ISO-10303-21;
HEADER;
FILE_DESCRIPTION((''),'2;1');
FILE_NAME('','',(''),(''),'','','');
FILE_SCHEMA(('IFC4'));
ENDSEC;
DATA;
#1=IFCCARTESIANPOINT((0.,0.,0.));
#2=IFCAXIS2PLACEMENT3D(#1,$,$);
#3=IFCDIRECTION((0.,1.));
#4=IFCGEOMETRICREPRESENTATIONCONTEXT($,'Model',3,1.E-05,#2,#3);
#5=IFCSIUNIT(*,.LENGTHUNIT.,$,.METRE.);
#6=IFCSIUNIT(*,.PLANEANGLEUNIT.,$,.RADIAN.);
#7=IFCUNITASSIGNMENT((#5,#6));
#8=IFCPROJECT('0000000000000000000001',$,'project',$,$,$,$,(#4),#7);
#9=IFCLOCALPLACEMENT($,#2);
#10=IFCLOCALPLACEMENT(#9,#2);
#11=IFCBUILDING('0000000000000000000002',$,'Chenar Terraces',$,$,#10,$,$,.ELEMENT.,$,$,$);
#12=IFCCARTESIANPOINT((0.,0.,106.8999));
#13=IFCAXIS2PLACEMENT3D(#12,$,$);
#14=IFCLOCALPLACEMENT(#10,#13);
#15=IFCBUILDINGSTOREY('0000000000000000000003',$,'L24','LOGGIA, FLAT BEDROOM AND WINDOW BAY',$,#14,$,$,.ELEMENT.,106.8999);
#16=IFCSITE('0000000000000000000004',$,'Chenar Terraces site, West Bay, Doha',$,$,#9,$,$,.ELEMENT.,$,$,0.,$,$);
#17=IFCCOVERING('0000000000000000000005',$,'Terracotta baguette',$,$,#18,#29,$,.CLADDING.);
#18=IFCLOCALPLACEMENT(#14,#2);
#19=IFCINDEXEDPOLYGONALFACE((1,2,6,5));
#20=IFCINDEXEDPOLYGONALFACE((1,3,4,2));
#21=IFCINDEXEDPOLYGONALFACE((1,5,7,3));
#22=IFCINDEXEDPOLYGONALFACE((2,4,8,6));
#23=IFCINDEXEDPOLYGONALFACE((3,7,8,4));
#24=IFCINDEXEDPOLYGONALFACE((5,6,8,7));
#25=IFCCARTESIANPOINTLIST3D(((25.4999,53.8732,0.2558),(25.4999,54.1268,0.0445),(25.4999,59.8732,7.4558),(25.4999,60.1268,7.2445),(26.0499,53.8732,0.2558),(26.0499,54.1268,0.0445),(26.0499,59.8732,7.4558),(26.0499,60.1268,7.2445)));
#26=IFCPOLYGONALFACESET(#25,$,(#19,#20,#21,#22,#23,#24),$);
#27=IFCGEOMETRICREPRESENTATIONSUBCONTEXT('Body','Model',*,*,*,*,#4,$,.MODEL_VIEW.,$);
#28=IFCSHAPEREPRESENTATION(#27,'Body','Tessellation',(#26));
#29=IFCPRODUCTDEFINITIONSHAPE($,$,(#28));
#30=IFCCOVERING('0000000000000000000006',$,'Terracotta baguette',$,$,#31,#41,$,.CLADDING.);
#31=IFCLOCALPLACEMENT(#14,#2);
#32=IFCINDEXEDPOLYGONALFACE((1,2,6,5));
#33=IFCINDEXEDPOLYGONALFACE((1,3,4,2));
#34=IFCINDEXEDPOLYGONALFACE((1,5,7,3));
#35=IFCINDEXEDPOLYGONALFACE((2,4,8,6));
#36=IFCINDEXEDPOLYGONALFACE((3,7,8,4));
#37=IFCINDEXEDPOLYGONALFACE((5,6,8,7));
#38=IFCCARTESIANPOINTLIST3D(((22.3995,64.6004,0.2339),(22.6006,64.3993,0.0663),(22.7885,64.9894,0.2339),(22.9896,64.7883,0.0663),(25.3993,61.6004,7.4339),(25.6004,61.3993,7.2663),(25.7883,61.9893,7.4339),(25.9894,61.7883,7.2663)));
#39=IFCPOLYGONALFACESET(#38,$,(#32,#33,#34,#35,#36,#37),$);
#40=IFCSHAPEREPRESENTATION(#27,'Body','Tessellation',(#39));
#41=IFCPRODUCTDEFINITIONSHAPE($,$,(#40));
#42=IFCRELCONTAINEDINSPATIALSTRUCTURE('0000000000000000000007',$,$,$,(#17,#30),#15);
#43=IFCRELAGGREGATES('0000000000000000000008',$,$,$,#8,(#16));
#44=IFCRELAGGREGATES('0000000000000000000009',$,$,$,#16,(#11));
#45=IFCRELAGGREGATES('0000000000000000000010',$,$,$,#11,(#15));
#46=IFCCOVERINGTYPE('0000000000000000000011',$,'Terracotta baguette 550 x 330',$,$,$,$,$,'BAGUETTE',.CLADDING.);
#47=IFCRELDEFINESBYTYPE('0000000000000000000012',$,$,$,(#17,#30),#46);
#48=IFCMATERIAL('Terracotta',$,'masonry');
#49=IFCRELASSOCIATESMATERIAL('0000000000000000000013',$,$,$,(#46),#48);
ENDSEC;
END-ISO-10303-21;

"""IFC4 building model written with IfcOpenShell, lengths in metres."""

from ifc_helpers import new_model, si_unit, direction, frame, origin, origin_2d, place, context, subcontext, project, spatial, rectangle, extrude, material, material_profile, profile_set, type_object, element, save


model = new_model("IFC4")

# Units and contexts
model_context = context("Model", 3, precision=1e-05, world=origin(), true_north=direction((0.0, 1.0)))
body_context = subcontext(model_context, "Body", "Model", "MODEL_VIEW")
ifc_project = project(units=[si_unit("LENGTHUNIT", "METRE"), si_unit("PLANEANGLEUNIT", "RADIAN")], contexts=[model_context])

# Site, building, storey
site_placement = place(None, origin())
site = spatial("IfcSite", under=ifc_project, at=site_placement, Name="Chenar Terraces site, West Bay, Doha", CompositionType="ELEMENT", RefElevation=0.0)
building_placement = place(site_placement, origin())
building = spatial("IfcBuilding", under=site, at=building_placement, Name="Chenar Terraces", CompositionType="ELEMENT")
storey_placement = place(building_placement, frame((0.0, 0.0, 106.8999)))
storey = spatial("IfcBuildingStorey", under=building, at=storey_placement, Name="L24", Description="LOGGIA, FLAT BEDROOM AND WINDOW BAY", CompositionType="ELEMENT", Elevation=106.8999)

# Coverings
ifc_material_1 = material(Name="Terracotta", Category="masonry")
ifc_material_profile_1 = material_profile(ifc_material_1, rectangle(XDim=0.55, YDim=0.3301, at=origin_2d()), Name="Terracotta baguette 550 x 330")
ifc_profile_set_1 = profile_set([ifc_material_profile_1], Name="Terracotta")
covering_type = type_object("IfcCoveringType", Name="Terracotta baguette 550 x 330", ElementType="BAGUETTE", PredefinedType="CLADDING", material=ifc_profile_set_1)
for number, where, z_axis, x_axis, name in (
    (1, (25.7749, 54.0, 0.1501), (0.0, 0.640187, 0.768219), (-1.0, 0.0, 0.0), "Terracotta baguette"),
):
    element("IfcCovering", number, at=place(storey_placement, frame(where, z_axis=z_axis, x_axis=x_axis)), inside=storey, type_object=covering_type, Name=name, PredefinedType="CLADDING", context=body_context, shape_type="SweptSolid", body=[
        extrude(rectangle(XDim=0.55, YDim=0.3301, at=origin_2d()), origin(), (0.0, 0.0, 1.0), 9.3723),
    ])
covering_1_placement = place(storey_placement, frame((25.6943, 61.6943, 7.3501), z_axis=(-0.358955, 0.358985, -0.861557), x_axis=(-0.707136, -0.707078, 0.0)))
element("IfcCovering", 2, at=covering_1_placement, inside=storey, type_object=covering_type, Name="Terracotta baguette", PredefinedType="CLADDING", context=body_context, shape_type="SweptSolid", body=[
    extrude(rectangle(XDim=0.55, YDim=0.3301, at=origin_2d()), origin(), (0.0, 0.0, 1.0), 8.3569),
])

save(model, "model.ifc")
